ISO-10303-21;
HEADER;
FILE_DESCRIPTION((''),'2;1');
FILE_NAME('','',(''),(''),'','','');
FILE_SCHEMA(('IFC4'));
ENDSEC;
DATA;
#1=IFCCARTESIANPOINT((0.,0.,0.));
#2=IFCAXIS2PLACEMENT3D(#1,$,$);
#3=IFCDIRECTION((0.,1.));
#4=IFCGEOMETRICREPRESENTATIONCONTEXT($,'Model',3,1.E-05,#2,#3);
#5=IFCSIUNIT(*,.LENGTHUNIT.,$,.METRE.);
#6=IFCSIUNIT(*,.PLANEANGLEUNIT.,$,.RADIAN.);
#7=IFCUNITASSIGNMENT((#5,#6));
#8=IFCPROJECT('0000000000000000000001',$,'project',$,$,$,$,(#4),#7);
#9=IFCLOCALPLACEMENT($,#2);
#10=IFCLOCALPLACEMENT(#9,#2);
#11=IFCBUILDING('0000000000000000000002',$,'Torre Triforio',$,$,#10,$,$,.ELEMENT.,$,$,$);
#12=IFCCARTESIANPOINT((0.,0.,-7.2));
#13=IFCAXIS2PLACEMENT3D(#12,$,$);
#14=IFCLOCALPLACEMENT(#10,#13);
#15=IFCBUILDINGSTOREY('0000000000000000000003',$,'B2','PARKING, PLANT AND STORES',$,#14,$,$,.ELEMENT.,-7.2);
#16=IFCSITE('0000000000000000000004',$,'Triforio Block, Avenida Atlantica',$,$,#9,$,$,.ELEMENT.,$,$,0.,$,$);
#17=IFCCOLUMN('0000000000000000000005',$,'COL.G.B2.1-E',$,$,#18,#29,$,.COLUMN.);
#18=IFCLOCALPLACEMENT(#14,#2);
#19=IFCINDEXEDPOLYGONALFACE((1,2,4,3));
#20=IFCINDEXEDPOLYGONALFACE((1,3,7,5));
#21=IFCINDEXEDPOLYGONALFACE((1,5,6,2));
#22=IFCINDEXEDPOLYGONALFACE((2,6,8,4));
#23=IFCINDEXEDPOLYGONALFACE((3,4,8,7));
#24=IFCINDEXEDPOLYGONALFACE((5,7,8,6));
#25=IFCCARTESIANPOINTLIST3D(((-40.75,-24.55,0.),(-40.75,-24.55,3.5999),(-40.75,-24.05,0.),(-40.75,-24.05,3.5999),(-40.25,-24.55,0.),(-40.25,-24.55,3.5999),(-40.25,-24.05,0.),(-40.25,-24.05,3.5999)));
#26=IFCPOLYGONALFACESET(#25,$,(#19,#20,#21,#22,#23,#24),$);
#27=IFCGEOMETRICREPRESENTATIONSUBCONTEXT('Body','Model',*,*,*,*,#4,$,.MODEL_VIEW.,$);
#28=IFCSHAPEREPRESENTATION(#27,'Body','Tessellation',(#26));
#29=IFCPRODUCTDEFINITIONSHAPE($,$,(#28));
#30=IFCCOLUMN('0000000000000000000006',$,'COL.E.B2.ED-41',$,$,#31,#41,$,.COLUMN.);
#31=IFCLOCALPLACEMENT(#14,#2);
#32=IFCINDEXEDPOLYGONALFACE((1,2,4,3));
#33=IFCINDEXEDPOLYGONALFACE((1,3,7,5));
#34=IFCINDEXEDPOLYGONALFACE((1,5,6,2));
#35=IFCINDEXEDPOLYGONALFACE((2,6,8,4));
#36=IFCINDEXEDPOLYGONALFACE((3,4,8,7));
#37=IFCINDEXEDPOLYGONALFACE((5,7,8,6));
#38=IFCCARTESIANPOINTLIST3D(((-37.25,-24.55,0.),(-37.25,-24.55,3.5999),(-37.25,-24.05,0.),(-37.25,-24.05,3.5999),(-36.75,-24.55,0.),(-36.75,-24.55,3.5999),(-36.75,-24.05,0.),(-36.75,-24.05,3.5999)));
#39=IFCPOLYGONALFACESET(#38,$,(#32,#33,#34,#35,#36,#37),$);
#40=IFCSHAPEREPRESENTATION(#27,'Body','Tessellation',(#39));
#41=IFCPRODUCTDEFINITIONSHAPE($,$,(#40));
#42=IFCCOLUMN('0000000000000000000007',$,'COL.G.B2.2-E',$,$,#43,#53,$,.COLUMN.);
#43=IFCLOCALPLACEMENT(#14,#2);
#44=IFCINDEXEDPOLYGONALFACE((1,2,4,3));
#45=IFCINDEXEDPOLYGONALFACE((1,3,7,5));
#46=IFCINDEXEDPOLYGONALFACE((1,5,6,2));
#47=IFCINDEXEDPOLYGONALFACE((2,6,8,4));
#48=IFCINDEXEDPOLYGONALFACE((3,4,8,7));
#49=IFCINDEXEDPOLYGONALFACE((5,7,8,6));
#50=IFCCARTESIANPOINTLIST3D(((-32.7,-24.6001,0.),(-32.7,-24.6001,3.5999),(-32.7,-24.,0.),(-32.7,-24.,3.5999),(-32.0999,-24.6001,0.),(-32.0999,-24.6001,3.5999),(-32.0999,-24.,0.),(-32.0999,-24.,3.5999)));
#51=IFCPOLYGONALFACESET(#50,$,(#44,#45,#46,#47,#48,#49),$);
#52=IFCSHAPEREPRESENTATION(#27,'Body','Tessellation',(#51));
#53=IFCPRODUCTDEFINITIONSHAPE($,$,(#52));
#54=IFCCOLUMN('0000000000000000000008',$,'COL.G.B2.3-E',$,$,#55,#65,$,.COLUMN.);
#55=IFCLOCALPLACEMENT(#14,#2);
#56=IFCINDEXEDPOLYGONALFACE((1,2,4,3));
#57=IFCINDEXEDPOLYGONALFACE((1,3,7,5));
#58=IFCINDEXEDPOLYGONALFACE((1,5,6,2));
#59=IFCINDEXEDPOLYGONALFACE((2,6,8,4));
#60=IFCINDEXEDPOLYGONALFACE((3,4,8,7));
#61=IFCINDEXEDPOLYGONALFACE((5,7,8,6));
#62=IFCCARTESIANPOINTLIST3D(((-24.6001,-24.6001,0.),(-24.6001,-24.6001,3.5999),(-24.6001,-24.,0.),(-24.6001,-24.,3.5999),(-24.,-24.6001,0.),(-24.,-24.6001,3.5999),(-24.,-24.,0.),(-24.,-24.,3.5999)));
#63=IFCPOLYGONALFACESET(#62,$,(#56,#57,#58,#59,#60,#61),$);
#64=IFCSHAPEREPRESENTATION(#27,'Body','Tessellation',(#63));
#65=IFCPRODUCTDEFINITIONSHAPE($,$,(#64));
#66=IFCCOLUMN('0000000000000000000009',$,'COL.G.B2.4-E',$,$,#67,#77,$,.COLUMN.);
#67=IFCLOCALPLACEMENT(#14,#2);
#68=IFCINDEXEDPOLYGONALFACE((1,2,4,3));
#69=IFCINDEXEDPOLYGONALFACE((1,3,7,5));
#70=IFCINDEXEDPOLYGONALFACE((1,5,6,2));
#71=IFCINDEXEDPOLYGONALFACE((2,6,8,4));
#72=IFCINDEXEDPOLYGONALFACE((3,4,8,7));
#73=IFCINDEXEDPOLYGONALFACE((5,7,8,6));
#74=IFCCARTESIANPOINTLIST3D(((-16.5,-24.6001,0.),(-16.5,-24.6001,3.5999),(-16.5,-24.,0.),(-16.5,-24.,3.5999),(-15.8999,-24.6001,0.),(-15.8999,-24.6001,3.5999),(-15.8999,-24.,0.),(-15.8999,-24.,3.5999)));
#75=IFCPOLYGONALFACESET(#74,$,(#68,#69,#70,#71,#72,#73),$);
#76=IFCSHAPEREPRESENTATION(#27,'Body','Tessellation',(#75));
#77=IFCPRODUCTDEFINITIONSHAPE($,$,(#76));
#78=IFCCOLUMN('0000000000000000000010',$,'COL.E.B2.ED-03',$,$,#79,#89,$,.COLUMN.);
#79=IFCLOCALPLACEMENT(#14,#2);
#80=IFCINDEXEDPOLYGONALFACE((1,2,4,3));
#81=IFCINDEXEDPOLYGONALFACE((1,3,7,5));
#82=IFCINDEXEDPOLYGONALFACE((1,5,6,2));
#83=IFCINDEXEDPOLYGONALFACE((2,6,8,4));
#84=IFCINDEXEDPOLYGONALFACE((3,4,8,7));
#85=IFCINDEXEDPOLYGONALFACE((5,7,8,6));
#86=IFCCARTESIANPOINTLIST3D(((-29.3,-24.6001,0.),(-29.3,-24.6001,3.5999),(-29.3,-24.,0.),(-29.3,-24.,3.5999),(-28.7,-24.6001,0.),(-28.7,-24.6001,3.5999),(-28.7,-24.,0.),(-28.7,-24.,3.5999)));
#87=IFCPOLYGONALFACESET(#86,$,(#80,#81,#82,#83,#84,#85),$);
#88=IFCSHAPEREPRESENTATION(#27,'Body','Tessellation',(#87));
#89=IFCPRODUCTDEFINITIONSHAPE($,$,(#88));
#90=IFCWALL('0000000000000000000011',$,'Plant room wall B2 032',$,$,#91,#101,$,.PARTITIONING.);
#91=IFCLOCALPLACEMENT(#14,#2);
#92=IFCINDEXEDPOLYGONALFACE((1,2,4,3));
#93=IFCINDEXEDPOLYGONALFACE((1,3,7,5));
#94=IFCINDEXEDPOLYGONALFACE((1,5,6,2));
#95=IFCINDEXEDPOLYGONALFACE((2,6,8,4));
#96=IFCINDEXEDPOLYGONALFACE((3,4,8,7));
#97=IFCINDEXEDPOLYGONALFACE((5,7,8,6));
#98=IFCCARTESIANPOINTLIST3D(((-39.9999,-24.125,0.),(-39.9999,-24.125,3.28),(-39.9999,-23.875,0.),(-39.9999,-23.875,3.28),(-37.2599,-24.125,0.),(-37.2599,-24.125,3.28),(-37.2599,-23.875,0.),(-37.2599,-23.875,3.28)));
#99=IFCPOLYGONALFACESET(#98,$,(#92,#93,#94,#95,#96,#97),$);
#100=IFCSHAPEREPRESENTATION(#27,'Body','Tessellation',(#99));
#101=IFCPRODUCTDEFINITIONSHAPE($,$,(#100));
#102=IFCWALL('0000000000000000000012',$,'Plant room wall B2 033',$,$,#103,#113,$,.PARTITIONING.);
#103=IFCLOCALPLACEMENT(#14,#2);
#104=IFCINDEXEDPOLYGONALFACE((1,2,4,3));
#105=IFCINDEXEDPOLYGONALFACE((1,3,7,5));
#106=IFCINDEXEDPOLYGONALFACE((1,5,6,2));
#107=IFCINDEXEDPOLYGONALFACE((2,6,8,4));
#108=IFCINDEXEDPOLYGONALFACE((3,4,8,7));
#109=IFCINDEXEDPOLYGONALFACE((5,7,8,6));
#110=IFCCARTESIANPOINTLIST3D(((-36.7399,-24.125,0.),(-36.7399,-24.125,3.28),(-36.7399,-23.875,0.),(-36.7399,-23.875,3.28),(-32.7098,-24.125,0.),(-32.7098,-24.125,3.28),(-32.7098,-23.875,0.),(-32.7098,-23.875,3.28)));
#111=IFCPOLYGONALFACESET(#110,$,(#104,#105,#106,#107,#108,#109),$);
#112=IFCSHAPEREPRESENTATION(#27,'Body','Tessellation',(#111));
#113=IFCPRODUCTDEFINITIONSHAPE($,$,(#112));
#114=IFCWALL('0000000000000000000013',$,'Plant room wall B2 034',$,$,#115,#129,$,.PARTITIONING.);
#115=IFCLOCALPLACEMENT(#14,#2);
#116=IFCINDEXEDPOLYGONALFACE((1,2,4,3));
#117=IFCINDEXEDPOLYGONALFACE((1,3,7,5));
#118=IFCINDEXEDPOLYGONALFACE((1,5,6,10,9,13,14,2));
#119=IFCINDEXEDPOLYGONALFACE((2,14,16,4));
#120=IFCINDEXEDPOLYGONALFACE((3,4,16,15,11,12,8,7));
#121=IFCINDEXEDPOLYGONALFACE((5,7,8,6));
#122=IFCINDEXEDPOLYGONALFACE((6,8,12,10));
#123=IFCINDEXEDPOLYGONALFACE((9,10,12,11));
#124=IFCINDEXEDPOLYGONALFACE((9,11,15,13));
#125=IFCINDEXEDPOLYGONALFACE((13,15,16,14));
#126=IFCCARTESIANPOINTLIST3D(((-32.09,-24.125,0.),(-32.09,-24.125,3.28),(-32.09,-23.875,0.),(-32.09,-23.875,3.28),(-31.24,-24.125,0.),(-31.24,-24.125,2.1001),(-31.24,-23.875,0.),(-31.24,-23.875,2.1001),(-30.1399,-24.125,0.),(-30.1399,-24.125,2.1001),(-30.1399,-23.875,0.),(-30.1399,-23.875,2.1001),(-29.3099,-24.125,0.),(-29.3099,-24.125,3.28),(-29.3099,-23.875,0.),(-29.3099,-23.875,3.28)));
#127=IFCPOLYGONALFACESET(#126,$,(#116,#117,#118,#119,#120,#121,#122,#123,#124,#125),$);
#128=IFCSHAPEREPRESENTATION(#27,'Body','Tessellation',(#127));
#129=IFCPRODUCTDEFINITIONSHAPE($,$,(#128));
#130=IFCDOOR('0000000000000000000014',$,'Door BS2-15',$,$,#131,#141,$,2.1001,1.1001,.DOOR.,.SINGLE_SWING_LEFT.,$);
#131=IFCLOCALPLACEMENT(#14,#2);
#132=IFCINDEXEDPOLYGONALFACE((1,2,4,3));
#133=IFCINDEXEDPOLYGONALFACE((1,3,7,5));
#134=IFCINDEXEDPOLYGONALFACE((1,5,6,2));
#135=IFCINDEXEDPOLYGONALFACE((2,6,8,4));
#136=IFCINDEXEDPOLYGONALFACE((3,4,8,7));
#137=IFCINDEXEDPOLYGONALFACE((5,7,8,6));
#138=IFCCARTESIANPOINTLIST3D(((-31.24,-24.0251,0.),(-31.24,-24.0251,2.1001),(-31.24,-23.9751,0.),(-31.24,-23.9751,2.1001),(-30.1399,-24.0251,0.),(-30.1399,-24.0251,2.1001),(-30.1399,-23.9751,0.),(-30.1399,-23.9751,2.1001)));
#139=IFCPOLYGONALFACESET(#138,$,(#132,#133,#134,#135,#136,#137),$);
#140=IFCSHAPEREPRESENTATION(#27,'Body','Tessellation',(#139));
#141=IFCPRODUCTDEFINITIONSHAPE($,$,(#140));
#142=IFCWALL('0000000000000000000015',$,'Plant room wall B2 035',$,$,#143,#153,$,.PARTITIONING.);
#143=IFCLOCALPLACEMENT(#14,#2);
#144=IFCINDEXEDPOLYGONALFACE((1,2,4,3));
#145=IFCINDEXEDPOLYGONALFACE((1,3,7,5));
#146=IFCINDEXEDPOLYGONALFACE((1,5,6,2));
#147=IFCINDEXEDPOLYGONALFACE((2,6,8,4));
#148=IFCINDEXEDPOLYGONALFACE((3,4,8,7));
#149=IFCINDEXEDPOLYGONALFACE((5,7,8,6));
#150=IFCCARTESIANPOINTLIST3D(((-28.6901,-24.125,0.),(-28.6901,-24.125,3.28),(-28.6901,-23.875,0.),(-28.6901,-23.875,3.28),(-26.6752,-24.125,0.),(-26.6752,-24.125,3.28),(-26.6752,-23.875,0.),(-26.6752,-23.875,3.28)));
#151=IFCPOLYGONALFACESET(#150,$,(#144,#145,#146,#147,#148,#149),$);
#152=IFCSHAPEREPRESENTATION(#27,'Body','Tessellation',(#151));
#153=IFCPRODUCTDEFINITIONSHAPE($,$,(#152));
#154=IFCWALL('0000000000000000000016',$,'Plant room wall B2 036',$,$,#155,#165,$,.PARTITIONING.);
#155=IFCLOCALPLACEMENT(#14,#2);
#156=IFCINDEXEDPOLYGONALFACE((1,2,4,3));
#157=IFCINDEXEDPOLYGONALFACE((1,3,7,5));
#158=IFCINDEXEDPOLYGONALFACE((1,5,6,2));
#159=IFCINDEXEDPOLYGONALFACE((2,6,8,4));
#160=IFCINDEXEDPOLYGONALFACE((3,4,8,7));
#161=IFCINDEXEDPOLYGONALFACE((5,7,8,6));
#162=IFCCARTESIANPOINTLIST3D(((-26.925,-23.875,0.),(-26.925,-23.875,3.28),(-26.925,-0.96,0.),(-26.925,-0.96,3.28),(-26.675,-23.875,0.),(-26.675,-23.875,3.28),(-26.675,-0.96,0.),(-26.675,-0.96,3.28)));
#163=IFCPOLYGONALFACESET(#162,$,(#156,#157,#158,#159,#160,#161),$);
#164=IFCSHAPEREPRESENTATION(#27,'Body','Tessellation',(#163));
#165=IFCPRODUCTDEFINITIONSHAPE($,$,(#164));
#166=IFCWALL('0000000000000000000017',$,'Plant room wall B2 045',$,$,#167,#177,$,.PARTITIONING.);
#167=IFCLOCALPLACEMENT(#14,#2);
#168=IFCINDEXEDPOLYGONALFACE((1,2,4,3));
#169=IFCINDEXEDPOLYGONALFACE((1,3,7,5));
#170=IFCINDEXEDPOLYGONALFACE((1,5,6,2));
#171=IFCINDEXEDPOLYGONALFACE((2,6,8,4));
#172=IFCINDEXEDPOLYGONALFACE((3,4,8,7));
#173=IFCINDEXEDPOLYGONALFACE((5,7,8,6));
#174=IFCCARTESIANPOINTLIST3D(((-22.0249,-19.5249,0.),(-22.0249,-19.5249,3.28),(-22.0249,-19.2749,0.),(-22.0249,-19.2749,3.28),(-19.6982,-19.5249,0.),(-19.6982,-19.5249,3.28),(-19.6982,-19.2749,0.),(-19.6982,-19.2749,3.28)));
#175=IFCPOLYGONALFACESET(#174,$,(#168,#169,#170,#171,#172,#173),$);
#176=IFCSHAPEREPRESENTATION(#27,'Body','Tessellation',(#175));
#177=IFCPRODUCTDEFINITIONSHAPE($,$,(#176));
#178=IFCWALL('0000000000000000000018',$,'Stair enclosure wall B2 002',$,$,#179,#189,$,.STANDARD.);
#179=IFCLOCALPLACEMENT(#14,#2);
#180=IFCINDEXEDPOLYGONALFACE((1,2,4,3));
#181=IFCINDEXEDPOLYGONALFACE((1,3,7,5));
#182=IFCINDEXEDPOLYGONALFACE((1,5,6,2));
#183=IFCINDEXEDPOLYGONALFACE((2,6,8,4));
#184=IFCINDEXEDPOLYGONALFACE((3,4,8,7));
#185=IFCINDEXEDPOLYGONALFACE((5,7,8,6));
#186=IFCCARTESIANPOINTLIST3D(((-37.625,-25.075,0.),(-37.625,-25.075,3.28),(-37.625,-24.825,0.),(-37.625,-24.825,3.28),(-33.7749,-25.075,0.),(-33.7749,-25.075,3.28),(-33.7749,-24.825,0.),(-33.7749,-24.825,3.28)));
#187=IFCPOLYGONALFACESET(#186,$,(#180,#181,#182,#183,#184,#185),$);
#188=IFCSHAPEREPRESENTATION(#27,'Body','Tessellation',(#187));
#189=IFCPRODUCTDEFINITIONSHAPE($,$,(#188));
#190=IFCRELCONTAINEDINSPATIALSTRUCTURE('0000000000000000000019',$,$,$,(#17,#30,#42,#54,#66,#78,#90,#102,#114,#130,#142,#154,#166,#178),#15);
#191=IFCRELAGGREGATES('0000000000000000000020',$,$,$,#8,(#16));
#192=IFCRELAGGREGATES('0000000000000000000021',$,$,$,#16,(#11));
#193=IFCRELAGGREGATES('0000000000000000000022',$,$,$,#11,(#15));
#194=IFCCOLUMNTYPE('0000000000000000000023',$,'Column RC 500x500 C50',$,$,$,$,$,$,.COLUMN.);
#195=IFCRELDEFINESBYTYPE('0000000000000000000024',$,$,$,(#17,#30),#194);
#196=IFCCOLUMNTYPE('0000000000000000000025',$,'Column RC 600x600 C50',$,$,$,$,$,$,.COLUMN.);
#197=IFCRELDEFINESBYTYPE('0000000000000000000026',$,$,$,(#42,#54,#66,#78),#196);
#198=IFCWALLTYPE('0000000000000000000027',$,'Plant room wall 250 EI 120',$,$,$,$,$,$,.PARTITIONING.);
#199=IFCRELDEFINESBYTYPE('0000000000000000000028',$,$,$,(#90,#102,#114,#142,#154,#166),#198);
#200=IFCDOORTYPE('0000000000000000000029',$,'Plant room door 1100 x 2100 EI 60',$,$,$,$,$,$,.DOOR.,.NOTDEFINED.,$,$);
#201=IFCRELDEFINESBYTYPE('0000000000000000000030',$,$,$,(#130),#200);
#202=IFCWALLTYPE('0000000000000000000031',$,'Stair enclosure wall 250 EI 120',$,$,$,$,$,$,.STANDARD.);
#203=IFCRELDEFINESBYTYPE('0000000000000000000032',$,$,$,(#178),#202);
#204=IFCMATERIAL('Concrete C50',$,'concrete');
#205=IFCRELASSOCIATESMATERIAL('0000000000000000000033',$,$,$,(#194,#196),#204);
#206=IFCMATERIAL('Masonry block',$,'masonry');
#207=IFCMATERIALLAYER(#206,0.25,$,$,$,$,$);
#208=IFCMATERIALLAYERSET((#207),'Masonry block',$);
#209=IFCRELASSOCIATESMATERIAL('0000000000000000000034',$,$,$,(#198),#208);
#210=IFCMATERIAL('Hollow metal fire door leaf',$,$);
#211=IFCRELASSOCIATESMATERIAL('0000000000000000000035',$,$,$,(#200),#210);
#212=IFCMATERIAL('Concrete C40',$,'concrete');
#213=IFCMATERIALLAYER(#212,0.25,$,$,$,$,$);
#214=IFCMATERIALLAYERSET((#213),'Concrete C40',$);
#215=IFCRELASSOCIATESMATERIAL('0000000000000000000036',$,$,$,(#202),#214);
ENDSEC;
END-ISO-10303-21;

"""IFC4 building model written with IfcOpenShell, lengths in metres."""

from ifc_helpers import new_model, si_unit, direction, frame, frame_2d, origin, origin_2d, place, context, subcontext, project, spatial, rectangle, extrude, material, layer, layer_set, material_profile, profile_set, type_object, element, fill, save


model = new_model("IFC4")

# Units and contexts
model_context = context("Model", 3, precision=1e-05, world=origin(), true_north=direction((0.0, 1.0)))
body_context = subcontext(model_context, "Body", "Model", "MODEL_VIEW")
ifc_project = project(units=[si_unit("LENGTHUNIT", "METRE"), si_unit("PLANEANGLEUNIT", "RADIAN")], contexts=[model_context])

# Site, building, storey
site_placement = place(None, origin())
site = spatial("IfcSite", under=ifc_project, at=site_placement, Name="Triforio Block, Avenida Atlantica", CompositionType="ELEMENT", RefElevation=0.0)
building_placement = place(site_placement, origin())
building = spatial("IfcBuilding", under=site, at=building_placement, Name="Torre Triforio", CompositionType="ELEMENT")
storey_placement = place(building_placement, frame((0.0, 0.0, -7.2)))
storey = spatial("IfcBuildingStorey", under=building, at=storey_placement, Name="B2", Description="PARKING, PLANT AND STORES", CompositionType="ELEMENT", Elevation=-7.2)

# Columns
ifc_material_1 = material(Name="Concrete C50", Category="concrete")
ifc_material_profile_1 = material_profile(ifc_material_1, rectangle(XDim=0.5, YDim=0.5, at=origin_2d()), Name="RC 500x500")
ifc_profile_set_1 = profile_set([ifc_material_profile_1], Name="Concrete C50")
column_type_1 = type_object("IfcColumnType", Name="Column RC 500x500 C50", PredefinedType="COLUMN", material=ifc_profile_set_1)
for number, where, z_axis, x_axis, name in (
    (1, (-40.5, -24.3, 0.0), (0.0, 0.0, 1.0), (1.0, 0.0, 0.0), "COL.G.B2.1-E"),
    (2, (-37.0, -24.3, 0.0), (0.0, 0.0, 1.0), (1.0, 0.0, 0.0), "COL.E.B2.ED-41"),
):
    element("IfcColumn", number, at=place(storey_placement, frame(where, z_axis=z_axis, x_axis=x_axis)), inside=storey, type_object=column_type_1, Name=name, PredefinedType="COLUMN", context=body_context, shape_type="SweptSolid", body=[
        extrude(rectangle(XDim=0.5, YDim=0.5, at=origin_2d()), origin(), (0.0, 0.0, 1.0), 3.5999),
    ])
ifc_material_profile_2 = material_profile(ifc_material_1, rectangle(XDim=0.6001, YDim=0.6001, at=origin_2d()), Name="RC 600x600")
ifc_profile_set_2 = profile_set([ifc_material_profile_2], Name="Concrete C50")
column_type_2 = type_object("IfcColumnType", Name="Column RC 600x600 C50", PredefinedType="COLUMN", material=ifc_profile_set_2)
for number, where, z_axis, x_axis, name in (
    (3, (-32.3999, -24.3, 0.0), (0.0, 0.0, 1.0), (1.0, 0.0, 0.0), "COL.G.B2.2-E"),
    (4, (-24.3, -24.3, 0.0), (0.0, 0.0, 1.0), (1.0, 0.0, 0.0), "COL.G.B2.3-E"),
    (5, (-16.2, -24.3, 0.0), (0.0, 0.0, 1.0), (1.0, 0.0, 0.0), "COL.G.B2.4-E"),
    (6, (-29.0, -24.3, 0.0), (0.0, 0.0, 1.0), (1.0, 0.0, 0.0), "COL.E.B2.ED-03"),
):
    element("IfcColumn", number, at=place(storey_placement, frame(where, z_axis=z_axis, x_axis=x_axis)), inside=storey, type_object=column_type_2, Name=name, PredefinedType="COLUMN", context=body_context, shape_type="SweptSolid", body=[
        extrude(rectangle(XDim=0.6001, YDim=0.6001, at=origin_2d()), origin(), (0.0, 0.0, 1.0), 3.5999),
    ])

# Walls
ifc_material_2 = material(Name="Masonry block", Category="masonry")
ifc_layer_1 = layer(ifc_material_2, 0.25)
ifc_layer_set_1 = layer_set([ifc_layer_1], Name="Masonry block")
wall_type_1 = type_object("IfcWallType", Name="Plant room wall 250 EI 120", PredefinedType="PARTITIONING", material=ifc_layer_set_1)
wall_1_placement = place(storey_placement, frame((-40.0, -24.0, 0.0), z_axis=(0.0, 0.0, 1.0), x_axis=(1.0, 0.0, 0.0)))
element("IfcWall", 7, at=wall_1_placement, inside=storey, type_object=wall_type_1, Name="Plant room wall B2 032", PredefinedType="PARTITIONING", context=body_context, shape_type="SweptSolid", body=[
    extrude(rectangle(XDim=2.74, YDim=0.25, at=frame_2d((1.3701, 0.0))), origin(), (0.0, 0.0, 1.0), 3.28),
])
wall_2_placement = place(storey_placement, frame((-36.74, -24.0, 0.0), z_axis=(0.0, 0.0, 1.0), x_axis=(1.0, 0.0, 0.0)))
element("IfcWall", 8, at=wall_2_placement, inside=storey, type_object=wall_type_1, Name="Plant room wall B2 033", PredefinedType="PARTITIONING", context=body_context, shape_type="SweptSolid", body=[
    extrude(rectangle(XDim=4.03, YDim=0.25, at=frame_2d((2.0151, 0.0))), origin(), (0.0, 0.0, 1.0), 3.28),
])

# Wall, opening, door
wall_3_placement = place(storey_placement, frame((-32.0901, -24.0, 0.0), z_axis=(0.0, 0.0, 1.0), x_axis=(1.0, 0.0, 0.0)))
wall_3 = element("IfcWall", 9, at=wall_3_placement, inside=storey, type_object=wall_type_1, Name="Plant room wall B2 034", PredefinedType="PARTITIONING", context=body_context, shape_type="SweptSolid", body=[
    extrude(rectangle(XDim=2.78, YDim=0.25, at=frame_2d((1.3901, 0.0))), origin(), (0.0, 0.0, 1.0), 3.28),
])
opening_placement = place(wall_3_placement, frame((0.8501, 0.0, 0.0)))
opening = element("IfcOpeningElement", 10, at=opening_placement, cuts=wall_3, PredefinedType="OPENING", context=body_context, shape_type="SweptSolid", body=[
    extrude(rectangle(XDim=1.1001, YDim=2.1001, at=frame_2d((0.55, 1.05))), frame((0.0, 0.135, 0.0), z_axis=(0.0, -1.0, 0.0), x_axis=(1.0, 0.0, 0.0)), (0.0, 0.0, 1.0), 0.27),
])
ifc_material_3 = material(Name="Hollow metal fire door leaf")
door_type = type_object("IfcDoorType", Name="Plant room door 1100 x 2100 EI 60", OperationType="NOTDEFINED", PredefinedType="DOOR", material=ifc_material_3)
door_placement = place(opening_placement, origin())
door = element("IfcDoor", 11, at=door_placement, inside=storey, type_object=door_type, Name="Door BS2-15", OperationType="SINGLE_SWING_LEFT", OverallHeight=2.1001, OverallWidth=1.1001, PredefinedType="DOOR", context=body_context, shape_type="SweptSolid", body=[
    extrude(rectangle(XDim=1.1001, YDim=2.1001, at=frame_2d((0.55, 1.05))), frame((0.0, 0.0249, 0.0), z_axis=(0.0, -1.0, 0.0), x_axis=(1.0, 0.0, 0.0)), (0.0, 0.0, 1.0), 0.05),
])
fill(opening, door)

# Walls
wall_4_placement = place(storey_placement, frame((-28.6899, -24.0, 0.0), z_axis=(0.0, 0.0, 1.0), x_axis=(1.0, 0.0, 0.0)))
element("IfcWall", 12, at=wall_4_placement, inside=storey, type_object=wall_type_1, Name="Plant room wall B2 035", PredefinedType="PARTITIONING", context=body_context, shape_type="SweptSolid", body=[
    extrude(rectangle(XDim=2.0149, YDim=0.25, at=frame_2d((1.0073, 0.0))), origin(), (0.0, 0.0, 1.0), 3.28),
])
wall_5_placement = place(storey_placement, frame((-26.8, -23.875, 0.0), z_axis=(0.0, 0.0, 1.0), x_axis=(0.0, 1.0, 0.0)))
element("IfcWall", 13, at=wall_5_placement, inside=storey, type_object=wall_type_1, Name="Plant room wall B2 036", PredefinedType="PARTITIONING", context=body_context, shape_type="SweptSolid", body=[
    extrude(rectangle(XDim=22.915, YDim=0.25, at=frame_2d((11.4575, 0.0))), origin(), (0.0, 0.0, 1.0), 3.28),
])
wall_6_placement = place(storey_placement, frame((-22.0249, -19.3999, 0.0), z_axis=(0.0, 0.0, 1.0), x_axis=(1.0, 0.0, 0.0)))
element("IfcWall", 14, at=wall_6_placement, inside=storey, type_object=wall_type_1, Name="Plant room wall B2 045", PredefinedType="PARTITIONING", context=body_context, shape_type="SweptSolid", body=[
    extrude(rectangle(XDim=2.3267, YDim=0.25, at=frame_2d((1.1633, 0.0))), origin(), (0.0, 0.0, 1.0), 3.28),
])
ifc_material_4 = material(Name="Concrete C40", Category="concrete")
ifc_layer_2 = layer(ifc_material_4, 0.25)
ifc_layer_set_2 = layer_set([ifc_layer_2], Name="Concrete C40")
wall_type_2 = type_object("IfcWallType", Name="Stair enclosure wall 250 EI 120", PredefinedType="STANDARD", material=ifc_layer_set_2)
wall_7_placement = place(storey_placement, frame((-37.625, -24.95, 0.0), z_axis=(0.0, 0.0, 1.0), x_axis=(1.0, 0.0, 0.0)))
element("IfcWall", 15, at=wall_7_placement, inside=storey, type_object=wall_type_2, Name="Stair enclosure wall B2 002", PredefinedType="STANDARD", context=body_context, shape_type="SweptSolid", body=[
    extrude(rectangle(XDim=3.8501, YDim=0.25, at=frame_2d((1.925, 0.0))), origin(), (0.0, 0.0, 1.0), 3.28),
])

save(model, "model.ifc")
